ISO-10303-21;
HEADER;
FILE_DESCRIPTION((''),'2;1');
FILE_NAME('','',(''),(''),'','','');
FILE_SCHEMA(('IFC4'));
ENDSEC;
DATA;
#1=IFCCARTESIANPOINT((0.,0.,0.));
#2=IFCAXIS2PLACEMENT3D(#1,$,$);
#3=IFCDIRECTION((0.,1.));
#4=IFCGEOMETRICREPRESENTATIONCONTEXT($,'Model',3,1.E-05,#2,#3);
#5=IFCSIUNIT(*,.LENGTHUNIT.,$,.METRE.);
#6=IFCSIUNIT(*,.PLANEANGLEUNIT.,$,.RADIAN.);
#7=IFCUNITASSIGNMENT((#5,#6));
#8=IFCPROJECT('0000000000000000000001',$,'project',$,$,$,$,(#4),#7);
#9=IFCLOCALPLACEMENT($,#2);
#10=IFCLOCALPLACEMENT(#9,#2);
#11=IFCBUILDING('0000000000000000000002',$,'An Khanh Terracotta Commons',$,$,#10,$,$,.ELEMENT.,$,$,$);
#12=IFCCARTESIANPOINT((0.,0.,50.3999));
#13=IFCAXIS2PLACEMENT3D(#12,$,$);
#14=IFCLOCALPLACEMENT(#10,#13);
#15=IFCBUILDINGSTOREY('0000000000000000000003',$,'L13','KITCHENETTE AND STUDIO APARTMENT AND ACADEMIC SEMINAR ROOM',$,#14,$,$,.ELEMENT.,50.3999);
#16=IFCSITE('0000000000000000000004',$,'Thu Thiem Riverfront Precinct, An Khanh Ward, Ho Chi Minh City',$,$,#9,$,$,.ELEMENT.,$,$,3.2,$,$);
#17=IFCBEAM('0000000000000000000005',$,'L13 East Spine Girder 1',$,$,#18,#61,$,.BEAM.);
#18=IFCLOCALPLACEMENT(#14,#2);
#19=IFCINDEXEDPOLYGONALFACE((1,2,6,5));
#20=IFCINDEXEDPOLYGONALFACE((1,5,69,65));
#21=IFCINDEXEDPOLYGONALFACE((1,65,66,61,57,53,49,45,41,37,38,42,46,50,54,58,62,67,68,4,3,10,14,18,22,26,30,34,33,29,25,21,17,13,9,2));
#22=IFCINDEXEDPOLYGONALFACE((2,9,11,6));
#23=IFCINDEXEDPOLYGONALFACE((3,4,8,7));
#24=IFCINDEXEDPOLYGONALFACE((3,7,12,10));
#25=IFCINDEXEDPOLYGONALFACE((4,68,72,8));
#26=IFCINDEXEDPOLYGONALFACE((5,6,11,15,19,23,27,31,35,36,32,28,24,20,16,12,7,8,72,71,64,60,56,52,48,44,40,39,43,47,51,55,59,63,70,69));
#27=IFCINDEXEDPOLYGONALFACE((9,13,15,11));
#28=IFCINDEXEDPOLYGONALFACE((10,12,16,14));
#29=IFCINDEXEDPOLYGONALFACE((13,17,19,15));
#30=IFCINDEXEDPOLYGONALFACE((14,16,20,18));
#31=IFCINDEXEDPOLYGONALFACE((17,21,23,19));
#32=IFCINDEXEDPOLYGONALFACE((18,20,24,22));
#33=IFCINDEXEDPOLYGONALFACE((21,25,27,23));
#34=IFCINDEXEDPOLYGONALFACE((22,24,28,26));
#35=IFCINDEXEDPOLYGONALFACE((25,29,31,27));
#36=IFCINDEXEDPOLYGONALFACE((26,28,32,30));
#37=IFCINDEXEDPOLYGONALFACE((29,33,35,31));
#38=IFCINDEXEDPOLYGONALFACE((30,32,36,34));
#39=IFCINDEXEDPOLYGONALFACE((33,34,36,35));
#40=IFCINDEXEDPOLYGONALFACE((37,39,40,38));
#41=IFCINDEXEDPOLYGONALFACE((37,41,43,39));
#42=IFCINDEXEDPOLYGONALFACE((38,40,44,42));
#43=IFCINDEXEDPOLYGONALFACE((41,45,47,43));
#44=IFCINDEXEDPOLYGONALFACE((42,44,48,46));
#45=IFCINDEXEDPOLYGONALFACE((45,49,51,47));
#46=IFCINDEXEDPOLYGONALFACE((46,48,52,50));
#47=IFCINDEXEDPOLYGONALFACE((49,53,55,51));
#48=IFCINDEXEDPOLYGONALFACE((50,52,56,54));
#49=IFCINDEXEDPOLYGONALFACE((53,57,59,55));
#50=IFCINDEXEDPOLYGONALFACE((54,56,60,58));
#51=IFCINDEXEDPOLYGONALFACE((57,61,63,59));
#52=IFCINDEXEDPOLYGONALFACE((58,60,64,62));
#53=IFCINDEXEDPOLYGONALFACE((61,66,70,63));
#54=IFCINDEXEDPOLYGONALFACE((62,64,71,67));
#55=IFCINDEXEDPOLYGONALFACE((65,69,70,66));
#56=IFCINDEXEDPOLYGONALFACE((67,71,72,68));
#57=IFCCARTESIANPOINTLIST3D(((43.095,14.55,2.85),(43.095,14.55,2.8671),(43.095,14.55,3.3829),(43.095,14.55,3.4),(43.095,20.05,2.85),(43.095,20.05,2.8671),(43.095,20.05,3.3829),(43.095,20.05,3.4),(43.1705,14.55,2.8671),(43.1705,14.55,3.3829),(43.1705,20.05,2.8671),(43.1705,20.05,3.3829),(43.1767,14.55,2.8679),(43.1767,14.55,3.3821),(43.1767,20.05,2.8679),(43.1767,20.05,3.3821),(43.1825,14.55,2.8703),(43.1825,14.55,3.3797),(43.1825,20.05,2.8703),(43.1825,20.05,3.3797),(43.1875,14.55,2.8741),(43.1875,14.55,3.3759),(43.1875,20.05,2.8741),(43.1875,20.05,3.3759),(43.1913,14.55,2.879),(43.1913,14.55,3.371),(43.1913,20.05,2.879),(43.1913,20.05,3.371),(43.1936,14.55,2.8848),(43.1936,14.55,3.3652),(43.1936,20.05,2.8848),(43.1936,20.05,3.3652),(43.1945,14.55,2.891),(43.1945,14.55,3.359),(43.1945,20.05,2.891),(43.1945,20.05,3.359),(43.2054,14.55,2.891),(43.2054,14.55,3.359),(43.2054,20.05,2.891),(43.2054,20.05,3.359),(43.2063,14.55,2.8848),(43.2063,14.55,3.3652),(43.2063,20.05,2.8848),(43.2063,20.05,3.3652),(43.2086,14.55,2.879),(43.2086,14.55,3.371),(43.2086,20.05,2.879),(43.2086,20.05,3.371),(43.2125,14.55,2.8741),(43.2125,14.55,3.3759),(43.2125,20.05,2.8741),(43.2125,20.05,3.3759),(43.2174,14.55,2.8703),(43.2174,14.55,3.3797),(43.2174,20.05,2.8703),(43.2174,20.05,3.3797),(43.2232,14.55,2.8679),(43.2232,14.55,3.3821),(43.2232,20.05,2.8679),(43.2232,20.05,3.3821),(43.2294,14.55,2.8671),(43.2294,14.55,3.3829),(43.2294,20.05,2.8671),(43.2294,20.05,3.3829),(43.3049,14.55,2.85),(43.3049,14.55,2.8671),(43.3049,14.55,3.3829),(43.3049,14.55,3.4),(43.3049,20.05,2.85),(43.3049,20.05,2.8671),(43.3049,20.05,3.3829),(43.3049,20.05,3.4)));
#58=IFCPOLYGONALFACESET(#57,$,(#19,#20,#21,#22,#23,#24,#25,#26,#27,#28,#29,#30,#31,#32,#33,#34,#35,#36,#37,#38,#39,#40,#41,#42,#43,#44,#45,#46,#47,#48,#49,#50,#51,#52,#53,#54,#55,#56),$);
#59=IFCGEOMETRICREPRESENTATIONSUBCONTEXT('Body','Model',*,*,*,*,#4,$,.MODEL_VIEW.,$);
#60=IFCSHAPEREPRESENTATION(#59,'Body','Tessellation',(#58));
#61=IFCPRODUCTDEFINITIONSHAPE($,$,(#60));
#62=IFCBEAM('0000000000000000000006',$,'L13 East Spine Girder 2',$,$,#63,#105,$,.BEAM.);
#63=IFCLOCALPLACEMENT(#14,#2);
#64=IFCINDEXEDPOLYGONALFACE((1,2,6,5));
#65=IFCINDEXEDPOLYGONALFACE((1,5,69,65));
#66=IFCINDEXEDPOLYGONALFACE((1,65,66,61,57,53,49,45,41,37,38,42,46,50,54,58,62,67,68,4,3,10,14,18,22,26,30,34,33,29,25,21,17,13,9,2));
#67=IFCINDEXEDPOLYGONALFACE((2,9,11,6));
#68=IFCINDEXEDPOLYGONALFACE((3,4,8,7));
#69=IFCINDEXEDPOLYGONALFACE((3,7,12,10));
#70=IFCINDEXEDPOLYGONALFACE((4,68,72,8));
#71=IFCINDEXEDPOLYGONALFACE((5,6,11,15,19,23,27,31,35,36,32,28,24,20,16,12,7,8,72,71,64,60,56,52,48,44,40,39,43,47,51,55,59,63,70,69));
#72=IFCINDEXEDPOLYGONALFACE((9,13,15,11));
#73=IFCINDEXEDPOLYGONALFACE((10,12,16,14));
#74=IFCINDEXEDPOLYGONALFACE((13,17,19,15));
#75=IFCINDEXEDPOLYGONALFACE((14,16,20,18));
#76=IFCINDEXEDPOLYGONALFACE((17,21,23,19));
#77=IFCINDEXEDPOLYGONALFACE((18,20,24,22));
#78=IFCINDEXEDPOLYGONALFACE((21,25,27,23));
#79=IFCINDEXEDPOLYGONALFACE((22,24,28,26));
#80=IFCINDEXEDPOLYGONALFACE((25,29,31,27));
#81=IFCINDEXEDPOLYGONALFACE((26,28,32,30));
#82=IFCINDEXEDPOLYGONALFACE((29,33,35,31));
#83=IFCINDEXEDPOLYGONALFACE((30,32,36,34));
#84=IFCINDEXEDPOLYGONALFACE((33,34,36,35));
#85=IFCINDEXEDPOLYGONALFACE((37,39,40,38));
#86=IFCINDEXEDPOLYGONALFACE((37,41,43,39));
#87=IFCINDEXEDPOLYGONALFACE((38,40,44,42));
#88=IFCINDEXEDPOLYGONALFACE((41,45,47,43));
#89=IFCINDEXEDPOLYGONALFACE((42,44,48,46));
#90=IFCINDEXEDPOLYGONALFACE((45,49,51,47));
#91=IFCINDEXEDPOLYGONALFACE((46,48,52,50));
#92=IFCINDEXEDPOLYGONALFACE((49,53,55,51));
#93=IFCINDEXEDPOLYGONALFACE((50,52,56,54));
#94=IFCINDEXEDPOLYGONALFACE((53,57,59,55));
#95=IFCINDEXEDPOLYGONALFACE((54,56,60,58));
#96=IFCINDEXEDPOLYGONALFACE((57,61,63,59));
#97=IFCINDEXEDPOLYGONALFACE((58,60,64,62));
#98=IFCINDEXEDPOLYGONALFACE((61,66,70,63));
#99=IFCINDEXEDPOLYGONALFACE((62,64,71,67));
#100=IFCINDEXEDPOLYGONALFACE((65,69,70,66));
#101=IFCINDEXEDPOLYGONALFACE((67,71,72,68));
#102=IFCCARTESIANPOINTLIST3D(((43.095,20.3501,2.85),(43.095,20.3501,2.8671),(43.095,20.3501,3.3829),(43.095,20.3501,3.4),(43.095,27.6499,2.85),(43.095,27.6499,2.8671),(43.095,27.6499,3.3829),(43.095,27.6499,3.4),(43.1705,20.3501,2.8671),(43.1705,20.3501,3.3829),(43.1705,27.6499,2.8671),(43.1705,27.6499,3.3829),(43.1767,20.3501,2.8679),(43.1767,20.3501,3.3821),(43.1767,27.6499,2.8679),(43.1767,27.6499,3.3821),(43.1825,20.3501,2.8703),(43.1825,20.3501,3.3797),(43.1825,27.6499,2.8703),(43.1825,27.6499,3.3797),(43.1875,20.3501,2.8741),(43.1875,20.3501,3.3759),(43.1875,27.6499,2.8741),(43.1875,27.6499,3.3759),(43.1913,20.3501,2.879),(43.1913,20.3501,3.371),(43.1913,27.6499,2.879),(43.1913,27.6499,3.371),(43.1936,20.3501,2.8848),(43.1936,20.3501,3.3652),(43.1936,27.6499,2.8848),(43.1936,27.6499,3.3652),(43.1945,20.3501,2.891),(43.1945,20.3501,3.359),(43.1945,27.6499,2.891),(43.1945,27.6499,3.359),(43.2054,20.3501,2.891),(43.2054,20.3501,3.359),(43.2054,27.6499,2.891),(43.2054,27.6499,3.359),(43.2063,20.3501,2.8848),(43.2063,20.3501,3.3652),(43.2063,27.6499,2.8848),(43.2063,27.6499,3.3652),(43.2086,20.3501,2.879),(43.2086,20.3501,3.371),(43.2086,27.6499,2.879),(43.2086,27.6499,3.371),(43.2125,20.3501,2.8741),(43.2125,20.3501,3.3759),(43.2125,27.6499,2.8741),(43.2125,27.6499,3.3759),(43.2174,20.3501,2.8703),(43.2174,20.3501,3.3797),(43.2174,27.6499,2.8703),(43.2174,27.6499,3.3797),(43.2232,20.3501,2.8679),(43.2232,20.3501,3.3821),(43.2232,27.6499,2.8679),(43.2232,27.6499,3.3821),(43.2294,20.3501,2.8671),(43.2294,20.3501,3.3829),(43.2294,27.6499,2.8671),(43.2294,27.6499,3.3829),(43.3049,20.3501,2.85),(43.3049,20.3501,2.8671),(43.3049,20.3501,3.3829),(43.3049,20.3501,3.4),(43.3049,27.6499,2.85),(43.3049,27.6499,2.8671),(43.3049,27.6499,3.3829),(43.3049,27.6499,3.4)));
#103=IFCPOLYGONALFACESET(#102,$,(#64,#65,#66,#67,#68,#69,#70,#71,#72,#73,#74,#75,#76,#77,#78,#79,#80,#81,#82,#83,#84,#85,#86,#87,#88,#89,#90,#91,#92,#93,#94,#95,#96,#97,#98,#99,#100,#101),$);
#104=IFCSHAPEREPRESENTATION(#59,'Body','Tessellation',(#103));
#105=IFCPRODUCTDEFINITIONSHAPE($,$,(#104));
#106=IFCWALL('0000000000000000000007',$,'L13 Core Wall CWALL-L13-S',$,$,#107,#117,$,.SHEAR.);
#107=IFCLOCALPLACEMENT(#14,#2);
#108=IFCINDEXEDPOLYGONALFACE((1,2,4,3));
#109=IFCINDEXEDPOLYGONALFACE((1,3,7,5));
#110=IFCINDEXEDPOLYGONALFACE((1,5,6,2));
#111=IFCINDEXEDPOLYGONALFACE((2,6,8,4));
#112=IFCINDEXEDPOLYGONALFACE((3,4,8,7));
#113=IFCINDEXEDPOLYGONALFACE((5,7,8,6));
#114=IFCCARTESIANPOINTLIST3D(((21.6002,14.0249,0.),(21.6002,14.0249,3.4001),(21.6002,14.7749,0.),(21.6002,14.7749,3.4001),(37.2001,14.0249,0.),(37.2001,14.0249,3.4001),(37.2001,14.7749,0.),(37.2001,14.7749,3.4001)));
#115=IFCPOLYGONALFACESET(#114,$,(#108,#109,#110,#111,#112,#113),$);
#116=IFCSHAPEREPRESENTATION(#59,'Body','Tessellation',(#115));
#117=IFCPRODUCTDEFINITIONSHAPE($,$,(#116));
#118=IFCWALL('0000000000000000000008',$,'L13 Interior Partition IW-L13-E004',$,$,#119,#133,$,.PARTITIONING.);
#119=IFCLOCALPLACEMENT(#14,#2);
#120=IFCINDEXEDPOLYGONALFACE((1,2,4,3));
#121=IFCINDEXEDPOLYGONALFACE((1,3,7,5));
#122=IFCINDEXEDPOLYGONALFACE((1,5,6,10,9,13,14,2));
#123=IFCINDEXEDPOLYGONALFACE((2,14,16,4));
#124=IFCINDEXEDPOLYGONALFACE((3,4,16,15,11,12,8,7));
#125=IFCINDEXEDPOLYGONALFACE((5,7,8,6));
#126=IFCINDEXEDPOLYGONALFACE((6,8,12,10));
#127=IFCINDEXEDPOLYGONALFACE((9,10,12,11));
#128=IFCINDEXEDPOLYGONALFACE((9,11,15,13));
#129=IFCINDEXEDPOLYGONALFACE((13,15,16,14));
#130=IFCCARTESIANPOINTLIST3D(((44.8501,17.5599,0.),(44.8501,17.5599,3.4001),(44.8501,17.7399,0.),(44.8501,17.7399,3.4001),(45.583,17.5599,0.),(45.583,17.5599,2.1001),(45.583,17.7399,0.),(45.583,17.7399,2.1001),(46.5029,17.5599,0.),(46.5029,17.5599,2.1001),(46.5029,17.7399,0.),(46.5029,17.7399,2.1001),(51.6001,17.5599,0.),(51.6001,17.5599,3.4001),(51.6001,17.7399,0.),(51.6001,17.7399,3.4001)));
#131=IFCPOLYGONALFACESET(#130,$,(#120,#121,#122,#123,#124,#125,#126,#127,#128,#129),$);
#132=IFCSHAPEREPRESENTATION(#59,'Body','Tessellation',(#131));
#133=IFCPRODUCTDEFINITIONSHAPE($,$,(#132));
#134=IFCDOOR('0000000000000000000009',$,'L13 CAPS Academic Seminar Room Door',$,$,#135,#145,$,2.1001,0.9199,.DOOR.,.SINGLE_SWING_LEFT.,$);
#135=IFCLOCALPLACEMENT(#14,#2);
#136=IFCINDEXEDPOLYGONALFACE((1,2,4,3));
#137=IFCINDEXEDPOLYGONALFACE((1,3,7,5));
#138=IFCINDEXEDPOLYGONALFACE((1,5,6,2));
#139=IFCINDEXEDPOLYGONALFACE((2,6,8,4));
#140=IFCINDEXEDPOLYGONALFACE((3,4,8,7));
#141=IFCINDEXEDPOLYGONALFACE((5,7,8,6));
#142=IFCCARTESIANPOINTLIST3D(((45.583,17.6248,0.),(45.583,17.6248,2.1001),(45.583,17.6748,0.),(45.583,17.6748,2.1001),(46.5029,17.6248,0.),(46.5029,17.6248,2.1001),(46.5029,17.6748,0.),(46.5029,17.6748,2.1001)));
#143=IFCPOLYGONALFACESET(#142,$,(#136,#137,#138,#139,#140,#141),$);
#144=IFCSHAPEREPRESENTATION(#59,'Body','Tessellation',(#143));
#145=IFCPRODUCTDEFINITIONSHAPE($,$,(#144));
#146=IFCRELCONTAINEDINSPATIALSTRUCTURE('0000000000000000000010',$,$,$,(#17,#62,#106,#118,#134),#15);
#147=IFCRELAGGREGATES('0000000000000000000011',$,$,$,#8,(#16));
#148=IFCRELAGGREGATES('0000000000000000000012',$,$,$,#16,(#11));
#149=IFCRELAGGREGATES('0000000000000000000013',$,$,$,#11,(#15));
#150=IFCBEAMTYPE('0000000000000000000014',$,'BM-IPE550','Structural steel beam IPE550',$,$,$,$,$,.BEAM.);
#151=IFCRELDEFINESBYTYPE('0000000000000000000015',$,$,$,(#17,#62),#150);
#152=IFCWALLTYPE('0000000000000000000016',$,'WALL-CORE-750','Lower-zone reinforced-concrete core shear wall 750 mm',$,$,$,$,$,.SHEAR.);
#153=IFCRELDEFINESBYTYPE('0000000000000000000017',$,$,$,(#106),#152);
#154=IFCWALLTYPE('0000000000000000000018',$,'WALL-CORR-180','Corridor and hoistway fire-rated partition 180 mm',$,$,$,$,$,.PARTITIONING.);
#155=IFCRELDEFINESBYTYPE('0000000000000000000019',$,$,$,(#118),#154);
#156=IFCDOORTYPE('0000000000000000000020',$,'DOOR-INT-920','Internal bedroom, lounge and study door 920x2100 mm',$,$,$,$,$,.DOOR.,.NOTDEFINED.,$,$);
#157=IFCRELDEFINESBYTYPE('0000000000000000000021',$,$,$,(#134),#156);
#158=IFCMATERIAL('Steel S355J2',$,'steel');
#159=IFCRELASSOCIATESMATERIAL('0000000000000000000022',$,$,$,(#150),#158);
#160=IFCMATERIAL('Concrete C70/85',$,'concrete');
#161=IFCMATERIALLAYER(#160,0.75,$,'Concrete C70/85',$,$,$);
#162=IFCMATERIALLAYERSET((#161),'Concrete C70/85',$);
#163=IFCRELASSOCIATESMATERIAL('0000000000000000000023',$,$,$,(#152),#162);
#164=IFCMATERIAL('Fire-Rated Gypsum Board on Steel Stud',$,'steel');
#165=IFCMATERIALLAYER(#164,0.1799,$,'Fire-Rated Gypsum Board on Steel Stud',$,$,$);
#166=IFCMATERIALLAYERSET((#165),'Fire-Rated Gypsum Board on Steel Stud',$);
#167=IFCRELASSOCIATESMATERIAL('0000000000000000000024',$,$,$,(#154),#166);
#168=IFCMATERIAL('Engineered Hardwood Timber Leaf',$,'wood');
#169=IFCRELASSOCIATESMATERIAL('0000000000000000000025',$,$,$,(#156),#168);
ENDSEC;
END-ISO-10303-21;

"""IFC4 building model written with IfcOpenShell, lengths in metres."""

from ifc_helpers import new_model, si_unit, direction, frame, frame_2d, origin, origin_2d, place, context, subcontext, project, spatial, rectangle, i_section, extrude, material, layer, layer_set, material_profile, profile_set, type_object, element, fill, save


model = new_model("IFC4")

# Units and contexts
model_context = context("Model", 3, precision=1e-05, world=origin(), true_north=direction((0.0, 1.0)))
body_context = subcontext(model_context, "Body", "Model", "MODEL_VIEW")
ifc_project = project(units=[si_unit("LENGTHUNIT", "METRE"), si_unit("PLANEANGLEUNIT", "RADIAN")], contexts=[model_context])

# Site, building, storey
site_placement = place(None, origin())
site = spatial("IfcSite", under=ifc_project, at=site_placement, Name="Thu Thiem Riverfront Precinct, An Khanh Ward, Ho Chi Minh City", CompositionType="ELEMENT", RefElevation=3.2)
building_placement = place(site_placement, origin())
building = spatial("IfcBuilding", under=site, at=building_placement, Name="An Khanh Terracotta Commons", CompositionType="ELEMENT")
storey_placement = place(building_placement, frame((0.0, 0.0, 50.3999)))
storey = spatial("IfcBuildingStorey", under=building, at=storey_placement, Name="L13", Description="KITCHENETTE AND STUDIO APARTMENT AND ACADEMIC SEMINAR ROOM", CompositionType="ELEMENT", Elevation=50.3999)

# Beams
ifc_material_1 = material(Name="Steel S355J2", Category="steel")
ifc_material_profile_1 = material_profile(ifc_material_1, i_section(OverallWidth=0.21, OverallDepth=0.55, WebThickness=0.011, FlangeThickness=0.0171, FilletRadius=0.0239, at=origin_2d()), Name="IPE550")
ifc_profile_set_1 = profile_set([ifc_material_profile_1], Name="Steel S355J2")
beam_type_1 = type_object("IfcBeamType", Name="BM-IPE550", Description="Structural steel beam IPE550", PredefinedType="BEAM", material=ifc_profile_set_1)
beam_1_placement = place(storey_placement, frame((43.2, 14.55, 3.125), z_axis=(0.0, 1.0, 0.0), x_axis=(-1.0, 0.0, 0.0)))
element("IfcBeam", 1, at=beam_1_placement, inside=storey, type_object=beam_type_1, Name="L13 East Spine Girder 1", PredefinedType="BEAM", context=body_context, shape_type="SweptSolid", body=[
    extrude(i_section(OverallWidth=0.21, OverallDepth=0.55, WebThickness=0.011, FlangeThickness=0.0171, FilletRadius=0.0239, at=origin_2d()), origin(), (0.0, 0.0, 1.0), 5.5),
])
beam_2_placement = place(storey_placement, frame((43.2, 20.3501, 3.125), z_axis=(0.0, 1.0, 0.0), x_axis=(-1.0, 0.0, 0.0)))
element("IfcBeam", 2, at=beam_2_placement, inside=storey, type_object=beam_type_1, Name="L13 East Spine Girder 2", PredefinedType="BEAM", context=body_context, shape_type="SweptSolid", body=[
    extrude(i_section(OverallWidth=0.21, OverallDepth=0.55, WebThickness=0.011, FlangeThickness=0.0171, FilletRadius=0.0239, at=origin_2d()), origin(), (0.0, 0.0, 1.0), 7.2998),
])

# Wall
ifc_material_2 = material(Name="Concrete C70/85", Category="concrete")
ifc_layer_1 = layer(ifc_material_2, 0.75, Name="Concrete C70/85")
ifc_layer_set_1 = layer_set([ifc_layer_1], Name="Concrete C70/85")
wall_type_1 = type_object("IfcWallType", Name="WALL-CORE-750", Description="Lower-zone reinforced-concrete core shear wall 750 mm", PredefinedType="SHEAR", material=ifc_layer_set_1)
wall_1_placement = place(storey_placement, frame((37.2, 14.3999, 0.0), z_axis=(0.0, 0.0, 1.0), x_axis=(-1.0, 0.0, 0.0)))
element("IfcWall", 3, at=wall_1_placement, inside=storey, type_object=wall_type_1, Name="L13 Core Wall CWALL-L13-S", PredefinedType="SHEAR", context=body_context, shape_type="SweptSolid", body=[
    extrude(rectangle(XDim=15.5999, YDim=0.75, at=frame_2d((7.7998, 0.0))), origin(), (0.0, 0.0, 1.0), 3.4001),
])

# Wall, opening, door
ifc_material_3 = material(Name="Fire-Rated Gypsum Board on Steel Stud", Category="steel")
ifc_layer_2 = layer(ifc_material_3, 0.1799, Name="Fire-Rated Gypsum Board on Steel Stud")
ifc_layer_set_2 = layer_set([ifc_layer_2], Name="Fire-Rated Gypsum Board on Steel Stud")
wall_type_2 = type_object("IfcWallType", Name="WALL-CORR-180", Description="Corridor and hoistway fire-rated partition 180 mm", PredefinedType="PARTITIONING", material=ifc_layer_set_2)
wall_2_placement = place(storey_placement, frame((44.8501, 17.6499, 0.0), z_axis=(0.0, 0.0, 1.0), x_axis=(1.0, 0.0, 0.0)))
wall_2 = element("IfcWall", 4, at=wall_2_placement, inside=storey, type_object=wall_type_2, Name="L13 Interior Partition IW-L13-E004", PredefinedType="PARTITIONING", context=body_context, shape_type="SweptSolid", body=[
    extrude(rectangle(XDim=6.75, YDim=0.1799, at=frame_2d((3.375, 0.0))), origin(), (0.0, 0.0, 1.0), 3.4001),
])
opening_1_placement = place(wall_2_placement, frame((0.7329, 0.0, 0.0)))
opening_1 = element("IfcOpeningElement", 5, at=opening_1_placement, cuts=wall_2, PredefinedType="OPENING", context=body_context, shape_type="SweptSolid", body=[
    extrude(rectangle(XDim=0.9199, YDim=2.1001, at=frame_2d((0.46, 1.05))), frame((0.0, 0.0999, 0.0), z_axis=(0.0, -1.0, 0.0), x_axis=(1.0, 0.0, 0.0)), (0.0, 0.0, 1.0), 0.2),
])
ifc_material_4 = material(Name="Engineered Hardwood Timber Leaf", Category="wood")
door_type_1 = type_object("IfcDoorType", Name="DOOR-INT-920", Description="Internal bedroom, lounge and study door 920x2100 mm", OperationType="NOTDEFINED", PredefinedType="DOOR", material=ifc_material_4)
door_1_placement = place(opening_1_placement, origin())
door_1 = element("IfcDoor", 6, at=door_1_placement, inside=storey, type_object=door_type_1, Name="L13 CAPS Academic Seminar Room Door", OperationType="SINGLE_SWING_LEFT", OverallHeight=2.1001, OverallWidth=0.9199, PredefinedType="DOOR", context=body_context, shape_type="SweptSolid", body=[
    extrude(rectangle(XDim=0.9199, YDim=2.1001, at=frame_2d((0.46, 1.05))), frame((0.0, 0.0249, 0.0), z_axis=(0.0, -1.0, 0.0), x_axis=(1.0, 0.0, 0.0)), (0.0, 0.0, 1.0), 0.05),
])
fill(opening_1, door_1)

save(model, "model.ifc")
